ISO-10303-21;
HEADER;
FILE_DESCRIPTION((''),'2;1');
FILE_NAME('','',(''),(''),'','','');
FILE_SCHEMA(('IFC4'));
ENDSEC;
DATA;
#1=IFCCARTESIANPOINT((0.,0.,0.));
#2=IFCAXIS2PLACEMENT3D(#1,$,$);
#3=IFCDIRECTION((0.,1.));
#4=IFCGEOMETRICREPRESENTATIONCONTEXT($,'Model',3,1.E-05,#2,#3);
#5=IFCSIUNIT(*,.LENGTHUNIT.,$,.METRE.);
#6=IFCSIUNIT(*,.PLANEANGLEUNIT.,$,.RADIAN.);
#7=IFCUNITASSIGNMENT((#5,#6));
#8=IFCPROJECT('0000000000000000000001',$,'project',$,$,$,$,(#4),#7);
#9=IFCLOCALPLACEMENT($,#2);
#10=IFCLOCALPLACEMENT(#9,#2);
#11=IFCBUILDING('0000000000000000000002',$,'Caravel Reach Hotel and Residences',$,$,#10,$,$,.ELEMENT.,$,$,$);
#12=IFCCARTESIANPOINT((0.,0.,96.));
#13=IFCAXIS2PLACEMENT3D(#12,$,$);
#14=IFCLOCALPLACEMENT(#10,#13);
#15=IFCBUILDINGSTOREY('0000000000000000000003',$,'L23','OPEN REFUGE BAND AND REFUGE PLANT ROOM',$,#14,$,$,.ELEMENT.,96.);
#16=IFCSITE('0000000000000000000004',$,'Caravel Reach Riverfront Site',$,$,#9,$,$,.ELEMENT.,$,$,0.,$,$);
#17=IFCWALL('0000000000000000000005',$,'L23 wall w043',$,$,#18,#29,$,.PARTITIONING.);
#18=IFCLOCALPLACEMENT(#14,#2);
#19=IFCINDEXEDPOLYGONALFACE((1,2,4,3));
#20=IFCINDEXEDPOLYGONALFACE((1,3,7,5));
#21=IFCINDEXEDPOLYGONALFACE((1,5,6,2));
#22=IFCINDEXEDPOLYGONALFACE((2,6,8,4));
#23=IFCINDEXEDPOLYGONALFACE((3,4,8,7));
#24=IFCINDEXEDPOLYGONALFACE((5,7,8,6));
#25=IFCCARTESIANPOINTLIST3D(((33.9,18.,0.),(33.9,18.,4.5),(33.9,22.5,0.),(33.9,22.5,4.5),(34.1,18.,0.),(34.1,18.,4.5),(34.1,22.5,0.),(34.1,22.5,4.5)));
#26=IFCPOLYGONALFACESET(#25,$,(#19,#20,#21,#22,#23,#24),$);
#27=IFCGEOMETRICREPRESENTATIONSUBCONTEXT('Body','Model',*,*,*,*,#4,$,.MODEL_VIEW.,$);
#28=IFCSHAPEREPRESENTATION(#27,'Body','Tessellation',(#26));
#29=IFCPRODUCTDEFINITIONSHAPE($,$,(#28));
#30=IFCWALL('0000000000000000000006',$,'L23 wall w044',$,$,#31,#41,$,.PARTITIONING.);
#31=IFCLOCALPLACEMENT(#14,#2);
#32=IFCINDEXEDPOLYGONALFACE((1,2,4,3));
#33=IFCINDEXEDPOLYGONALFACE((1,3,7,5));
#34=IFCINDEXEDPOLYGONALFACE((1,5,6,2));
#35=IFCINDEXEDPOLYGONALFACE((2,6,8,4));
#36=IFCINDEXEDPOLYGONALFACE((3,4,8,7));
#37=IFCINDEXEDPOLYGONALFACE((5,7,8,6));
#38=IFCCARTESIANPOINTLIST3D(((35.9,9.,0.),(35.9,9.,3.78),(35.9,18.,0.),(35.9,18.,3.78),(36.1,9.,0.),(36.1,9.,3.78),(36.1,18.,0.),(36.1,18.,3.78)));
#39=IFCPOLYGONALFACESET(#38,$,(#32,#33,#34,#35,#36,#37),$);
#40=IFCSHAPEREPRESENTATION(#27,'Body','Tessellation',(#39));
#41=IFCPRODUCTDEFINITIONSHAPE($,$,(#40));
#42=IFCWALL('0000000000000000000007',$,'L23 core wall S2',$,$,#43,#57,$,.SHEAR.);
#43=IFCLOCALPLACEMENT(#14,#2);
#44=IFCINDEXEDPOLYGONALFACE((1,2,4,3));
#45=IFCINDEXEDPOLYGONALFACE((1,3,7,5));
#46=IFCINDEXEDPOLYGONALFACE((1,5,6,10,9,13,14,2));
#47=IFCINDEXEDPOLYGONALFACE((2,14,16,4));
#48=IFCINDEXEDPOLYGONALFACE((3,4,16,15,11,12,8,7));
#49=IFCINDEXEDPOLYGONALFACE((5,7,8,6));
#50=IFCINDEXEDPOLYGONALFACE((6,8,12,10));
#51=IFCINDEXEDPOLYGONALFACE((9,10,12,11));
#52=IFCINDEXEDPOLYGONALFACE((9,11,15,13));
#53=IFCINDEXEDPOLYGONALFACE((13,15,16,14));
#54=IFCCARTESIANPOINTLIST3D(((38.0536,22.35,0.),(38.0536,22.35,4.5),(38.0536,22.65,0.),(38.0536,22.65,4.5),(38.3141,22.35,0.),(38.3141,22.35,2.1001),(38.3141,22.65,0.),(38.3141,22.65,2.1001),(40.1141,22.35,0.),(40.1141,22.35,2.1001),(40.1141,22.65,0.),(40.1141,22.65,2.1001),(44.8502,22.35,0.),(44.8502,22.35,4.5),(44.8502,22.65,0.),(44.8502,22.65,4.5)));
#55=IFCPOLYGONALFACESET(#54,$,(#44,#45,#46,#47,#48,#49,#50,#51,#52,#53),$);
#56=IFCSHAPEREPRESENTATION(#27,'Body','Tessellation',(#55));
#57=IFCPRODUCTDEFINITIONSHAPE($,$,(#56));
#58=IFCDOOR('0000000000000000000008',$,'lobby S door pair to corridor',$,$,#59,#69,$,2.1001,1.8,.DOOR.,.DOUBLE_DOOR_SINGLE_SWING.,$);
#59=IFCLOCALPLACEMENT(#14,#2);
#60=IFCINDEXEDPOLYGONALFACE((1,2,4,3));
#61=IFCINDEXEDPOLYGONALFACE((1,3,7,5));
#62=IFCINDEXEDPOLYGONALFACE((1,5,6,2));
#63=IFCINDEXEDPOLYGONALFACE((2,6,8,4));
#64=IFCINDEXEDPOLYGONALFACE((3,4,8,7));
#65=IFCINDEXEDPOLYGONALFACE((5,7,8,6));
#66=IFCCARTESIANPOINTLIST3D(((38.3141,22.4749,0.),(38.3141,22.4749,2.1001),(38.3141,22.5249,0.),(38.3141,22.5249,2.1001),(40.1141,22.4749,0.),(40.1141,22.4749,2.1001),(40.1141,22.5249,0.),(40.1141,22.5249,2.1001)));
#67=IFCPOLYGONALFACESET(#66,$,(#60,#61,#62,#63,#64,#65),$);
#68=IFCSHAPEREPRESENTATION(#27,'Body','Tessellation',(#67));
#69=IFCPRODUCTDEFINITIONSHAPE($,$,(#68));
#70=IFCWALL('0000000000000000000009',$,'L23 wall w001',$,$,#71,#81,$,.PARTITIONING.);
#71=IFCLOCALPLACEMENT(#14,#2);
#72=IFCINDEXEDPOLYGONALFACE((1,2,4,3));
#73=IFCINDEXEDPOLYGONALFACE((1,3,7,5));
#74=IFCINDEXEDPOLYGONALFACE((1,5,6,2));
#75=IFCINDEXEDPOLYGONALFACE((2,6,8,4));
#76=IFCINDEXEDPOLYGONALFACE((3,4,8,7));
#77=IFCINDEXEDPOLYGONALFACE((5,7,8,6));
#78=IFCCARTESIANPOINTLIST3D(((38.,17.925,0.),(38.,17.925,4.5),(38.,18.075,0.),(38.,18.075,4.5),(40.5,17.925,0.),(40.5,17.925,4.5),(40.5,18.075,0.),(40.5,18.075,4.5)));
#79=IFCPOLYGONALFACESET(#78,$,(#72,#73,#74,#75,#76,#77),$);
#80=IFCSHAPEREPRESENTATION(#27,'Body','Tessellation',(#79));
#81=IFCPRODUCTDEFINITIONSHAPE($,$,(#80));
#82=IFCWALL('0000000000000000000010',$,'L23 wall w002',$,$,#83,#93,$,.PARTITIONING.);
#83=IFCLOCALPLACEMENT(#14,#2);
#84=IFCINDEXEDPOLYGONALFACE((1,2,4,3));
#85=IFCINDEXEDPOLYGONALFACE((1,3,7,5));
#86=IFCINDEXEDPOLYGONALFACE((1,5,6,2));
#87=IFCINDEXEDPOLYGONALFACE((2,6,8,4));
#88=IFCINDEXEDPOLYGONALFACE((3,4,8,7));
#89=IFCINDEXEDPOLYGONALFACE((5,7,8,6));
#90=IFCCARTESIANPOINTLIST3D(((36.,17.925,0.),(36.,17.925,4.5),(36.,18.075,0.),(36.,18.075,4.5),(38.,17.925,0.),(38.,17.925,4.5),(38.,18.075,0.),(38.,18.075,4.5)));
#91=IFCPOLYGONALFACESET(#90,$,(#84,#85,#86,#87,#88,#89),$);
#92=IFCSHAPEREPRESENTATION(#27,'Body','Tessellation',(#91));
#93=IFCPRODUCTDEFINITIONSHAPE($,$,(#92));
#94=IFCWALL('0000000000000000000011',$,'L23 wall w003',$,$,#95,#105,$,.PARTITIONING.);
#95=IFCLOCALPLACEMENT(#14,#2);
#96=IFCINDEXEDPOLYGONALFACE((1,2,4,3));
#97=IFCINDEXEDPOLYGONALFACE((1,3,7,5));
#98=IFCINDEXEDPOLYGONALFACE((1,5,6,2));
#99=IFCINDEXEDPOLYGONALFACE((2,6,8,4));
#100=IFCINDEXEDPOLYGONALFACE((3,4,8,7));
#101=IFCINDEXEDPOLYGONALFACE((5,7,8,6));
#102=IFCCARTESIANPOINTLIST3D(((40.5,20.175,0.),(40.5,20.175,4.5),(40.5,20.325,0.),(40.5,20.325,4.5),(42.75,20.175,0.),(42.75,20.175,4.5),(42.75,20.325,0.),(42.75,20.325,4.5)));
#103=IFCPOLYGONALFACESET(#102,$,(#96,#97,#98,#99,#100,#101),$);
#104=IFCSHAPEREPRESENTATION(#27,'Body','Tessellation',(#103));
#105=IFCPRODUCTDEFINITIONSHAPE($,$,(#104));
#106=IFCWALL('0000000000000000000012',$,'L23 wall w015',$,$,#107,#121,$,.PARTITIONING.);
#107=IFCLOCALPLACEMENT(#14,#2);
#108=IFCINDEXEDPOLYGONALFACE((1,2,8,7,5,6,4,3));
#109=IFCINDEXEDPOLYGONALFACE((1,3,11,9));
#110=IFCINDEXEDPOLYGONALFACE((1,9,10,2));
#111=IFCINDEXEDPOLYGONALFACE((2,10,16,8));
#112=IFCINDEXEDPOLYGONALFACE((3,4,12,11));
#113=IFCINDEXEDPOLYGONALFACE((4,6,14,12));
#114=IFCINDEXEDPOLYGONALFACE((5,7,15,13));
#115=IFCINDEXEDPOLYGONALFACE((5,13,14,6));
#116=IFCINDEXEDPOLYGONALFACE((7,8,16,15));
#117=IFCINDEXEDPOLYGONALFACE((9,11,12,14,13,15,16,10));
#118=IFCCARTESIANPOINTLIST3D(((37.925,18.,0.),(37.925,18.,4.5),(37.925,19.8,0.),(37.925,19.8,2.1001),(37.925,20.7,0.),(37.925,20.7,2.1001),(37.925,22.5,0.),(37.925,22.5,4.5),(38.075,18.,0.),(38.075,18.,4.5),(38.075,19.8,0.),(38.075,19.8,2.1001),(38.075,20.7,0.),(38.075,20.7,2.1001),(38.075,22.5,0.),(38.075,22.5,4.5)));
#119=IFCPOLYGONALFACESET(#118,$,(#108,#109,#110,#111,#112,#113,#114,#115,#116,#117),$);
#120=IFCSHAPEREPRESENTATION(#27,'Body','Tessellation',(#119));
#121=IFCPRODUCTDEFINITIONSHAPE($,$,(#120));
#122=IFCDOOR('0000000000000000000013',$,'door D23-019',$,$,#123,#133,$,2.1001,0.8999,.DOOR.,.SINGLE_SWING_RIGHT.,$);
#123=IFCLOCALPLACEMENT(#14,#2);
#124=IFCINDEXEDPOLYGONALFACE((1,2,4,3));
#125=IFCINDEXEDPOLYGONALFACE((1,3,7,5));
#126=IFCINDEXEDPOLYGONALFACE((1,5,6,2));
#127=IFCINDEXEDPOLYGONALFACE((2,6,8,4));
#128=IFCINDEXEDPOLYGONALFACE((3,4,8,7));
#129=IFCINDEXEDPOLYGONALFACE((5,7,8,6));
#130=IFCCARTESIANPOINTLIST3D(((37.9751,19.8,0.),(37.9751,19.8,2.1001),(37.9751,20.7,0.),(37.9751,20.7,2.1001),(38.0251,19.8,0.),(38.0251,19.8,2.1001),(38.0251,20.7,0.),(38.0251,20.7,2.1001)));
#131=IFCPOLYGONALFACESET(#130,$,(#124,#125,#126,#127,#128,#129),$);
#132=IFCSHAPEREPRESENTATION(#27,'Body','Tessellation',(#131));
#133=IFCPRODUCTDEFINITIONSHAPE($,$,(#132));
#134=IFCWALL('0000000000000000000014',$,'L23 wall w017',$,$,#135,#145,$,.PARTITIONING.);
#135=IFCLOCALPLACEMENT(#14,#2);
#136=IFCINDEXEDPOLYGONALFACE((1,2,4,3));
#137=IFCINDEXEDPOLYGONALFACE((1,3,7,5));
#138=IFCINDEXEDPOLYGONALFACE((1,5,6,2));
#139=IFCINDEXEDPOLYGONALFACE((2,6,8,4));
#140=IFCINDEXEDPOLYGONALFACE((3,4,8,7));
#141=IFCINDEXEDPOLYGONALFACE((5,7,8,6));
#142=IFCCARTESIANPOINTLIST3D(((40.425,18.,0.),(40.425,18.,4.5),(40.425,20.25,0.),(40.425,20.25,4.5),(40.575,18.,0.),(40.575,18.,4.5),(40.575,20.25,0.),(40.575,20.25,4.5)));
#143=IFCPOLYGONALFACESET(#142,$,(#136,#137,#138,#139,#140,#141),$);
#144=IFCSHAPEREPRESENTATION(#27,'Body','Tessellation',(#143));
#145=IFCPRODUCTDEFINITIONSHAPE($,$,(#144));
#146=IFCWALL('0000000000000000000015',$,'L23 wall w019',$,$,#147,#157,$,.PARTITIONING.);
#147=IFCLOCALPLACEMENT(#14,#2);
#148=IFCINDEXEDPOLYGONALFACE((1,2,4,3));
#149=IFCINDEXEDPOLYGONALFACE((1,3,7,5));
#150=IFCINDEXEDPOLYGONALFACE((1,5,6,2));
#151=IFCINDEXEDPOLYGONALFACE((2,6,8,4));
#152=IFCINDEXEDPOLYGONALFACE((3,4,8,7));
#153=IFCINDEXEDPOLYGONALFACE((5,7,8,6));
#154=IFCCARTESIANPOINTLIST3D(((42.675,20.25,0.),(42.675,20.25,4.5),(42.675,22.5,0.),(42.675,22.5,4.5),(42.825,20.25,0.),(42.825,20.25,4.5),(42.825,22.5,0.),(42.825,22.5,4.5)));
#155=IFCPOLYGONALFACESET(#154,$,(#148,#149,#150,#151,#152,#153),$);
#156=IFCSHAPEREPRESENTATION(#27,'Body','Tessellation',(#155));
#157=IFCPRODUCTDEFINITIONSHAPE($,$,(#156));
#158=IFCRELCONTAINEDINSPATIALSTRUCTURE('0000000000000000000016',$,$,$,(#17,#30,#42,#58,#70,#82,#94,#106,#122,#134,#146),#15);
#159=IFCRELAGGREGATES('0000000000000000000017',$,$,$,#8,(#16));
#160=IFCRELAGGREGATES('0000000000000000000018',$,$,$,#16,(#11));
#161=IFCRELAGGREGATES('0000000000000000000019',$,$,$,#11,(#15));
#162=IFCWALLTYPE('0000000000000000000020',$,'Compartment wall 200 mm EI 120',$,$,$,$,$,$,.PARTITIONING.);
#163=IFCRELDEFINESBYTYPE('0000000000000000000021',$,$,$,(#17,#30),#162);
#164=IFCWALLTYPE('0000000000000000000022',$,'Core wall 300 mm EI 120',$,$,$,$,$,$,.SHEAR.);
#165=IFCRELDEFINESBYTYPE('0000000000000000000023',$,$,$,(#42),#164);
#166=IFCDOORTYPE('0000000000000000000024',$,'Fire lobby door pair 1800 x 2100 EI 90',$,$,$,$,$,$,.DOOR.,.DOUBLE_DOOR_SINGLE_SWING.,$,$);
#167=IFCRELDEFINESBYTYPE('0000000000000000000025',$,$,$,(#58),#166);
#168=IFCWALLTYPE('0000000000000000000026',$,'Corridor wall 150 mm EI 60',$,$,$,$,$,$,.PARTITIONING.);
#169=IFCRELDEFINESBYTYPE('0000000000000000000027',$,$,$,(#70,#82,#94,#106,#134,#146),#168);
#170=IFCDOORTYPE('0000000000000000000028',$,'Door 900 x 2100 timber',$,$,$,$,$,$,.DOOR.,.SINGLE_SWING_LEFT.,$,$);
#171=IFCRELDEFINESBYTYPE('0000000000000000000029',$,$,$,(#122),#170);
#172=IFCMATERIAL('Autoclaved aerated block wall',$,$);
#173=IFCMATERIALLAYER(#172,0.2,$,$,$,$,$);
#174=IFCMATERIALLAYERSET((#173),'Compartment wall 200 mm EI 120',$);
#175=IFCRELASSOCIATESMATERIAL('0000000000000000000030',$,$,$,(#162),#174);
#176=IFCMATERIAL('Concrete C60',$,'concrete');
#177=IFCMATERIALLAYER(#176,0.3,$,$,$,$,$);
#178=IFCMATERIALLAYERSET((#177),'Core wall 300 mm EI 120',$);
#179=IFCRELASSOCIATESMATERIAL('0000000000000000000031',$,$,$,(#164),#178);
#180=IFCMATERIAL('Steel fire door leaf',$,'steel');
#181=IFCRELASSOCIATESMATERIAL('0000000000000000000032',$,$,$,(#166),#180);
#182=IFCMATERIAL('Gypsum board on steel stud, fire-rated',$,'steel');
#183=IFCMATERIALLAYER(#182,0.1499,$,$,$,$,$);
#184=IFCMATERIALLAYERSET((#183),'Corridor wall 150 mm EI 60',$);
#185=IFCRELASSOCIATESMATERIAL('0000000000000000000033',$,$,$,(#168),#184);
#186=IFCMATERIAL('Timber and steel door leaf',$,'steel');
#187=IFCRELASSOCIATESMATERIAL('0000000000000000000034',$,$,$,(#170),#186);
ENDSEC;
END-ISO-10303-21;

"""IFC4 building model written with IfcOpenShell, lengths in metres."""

from ifc_helpers import new_model, si_unit, direction, frame, frame_2d, origin, place, context, subcontext, project, spatial, rectangle, extrude, material, layer, layer_set, type_object, element, fill, save


model = new_model("IFC4")

# Units and contexts
model_context = context("Model", 3, precision=1e-05, world=origin(), true_north=direction((0.0, 1.0)))
body_context = subcontext(model_context, "Body", "Model", "MODEL_VIEW")
ifc_project = project(units=[si_unit("LENGTHUNIT", "METRE"), si_unit("PLANEANGLEUNIT", "RADIAN")], contexts=[model_context])

# Site, building, storey
site_placement = place(None, origin())
site = spatial("IfcSite", under=ifc_project, at=site_placement, Name="Caravel Reach Riverfront Site", CompositionType="ELEMENT", RefElevation=0.0)
building_placement = place(site_placement, origin())
building = spatial("IfcBuilding", under=site, at=building_placement, Name="Caravel Reach Hotel and Residences", CompositionType="ELEMENT")
storey_placement = place(building_placement, frame((0.0, 0.0, 96.0)))
storey = spatial("IfcBuildingStorey", under=building, at=storey_placement, Name="L23", Description="OPEN REFUGE BAND AND REFUGE PLANT ROOM", CompositionType="ELEMENT", Elevation=96.0)

# Walls
ifc_material_1 = material(Name="Autoclaved aerated block wall")
ifc_layer_1 = layer(ifc_material_1, 0.2)
ifc_layer_set_1 = layer_set([ifc_layer_1], Name="Compartment wall 200 mm EI 120")
wall_type_1 = type_object("IfcWallType", Name="Compartment wall 200 mm EI 120", PredefinedType="PARTITIONING", material=ifc_layer_set_1)
wall_1_placement = place(storey_placement, frame((34.0, 18.0, 0.0), z_axis=(0.0, 0.0, 1.0), x_axis=(0.0, 1.0, 0.0)))
element("IfcWall", 1, at=wall_1_placement, inside=storey, type_object=wall_type_1, Name="L23 wall w043", PredefinedType="PARTITIONING", context=body_context, shape_type="SweptSolid", body=[
    extrude(rectangle(XDim=4.5, YDim=0.2, at=frame_2d((2.25, 0.0))), origin(), (0.0, 0.0, 1.0), 4.5),
])
wall_2_placement = place(storey_placement, frame((36.0, 9.0, 0.0), z_axis=(0.0, 0.0, 1.0), x_axis=(0.0, 1.0, 0.0)))
element("IfcWall", 2, at=wall_2_placement, inside=storey, type_object=wall_type_1, Name="L23 wall w044", PredefinedType="PARTITIONING", context=body_context, shape_type="SweptSolid", body=[
    extrude(rectangle(XDim=9.0, YDim=0.2, at=frame_2d((4.5, 0.0))), origin(), (0.0, 0.0, 1.0), 3.78),
])

# Wall, opening, door
ifc_material_2 = material(Name="Concrete C60", Category="concrete")
ifc_layer_2 = layer(ifc_material_2, 0.3)
ifc_layer_set_2 = layer_set([ifc_layer_2], Name="Core wall 300 mm EI 120")
wall_type_2 = type_object("IfcWallType", Name="Core wall 300 mm EI 120", PredefinedType="SHEAR", material=ifc_layer_set_2)
wall_3_placement = place(storey_placement, frame((38.0535, 22.5, 0.0), z_axis=(0.0, 0.0, 1.0), x_axis=(1.0, 0.0, 0.0)))
wall_3 = element("IfcWall", 3, at=wall_3_placement, inside=storey, type_object=wall_type_2, Name="L23 core wall S2", PredefinedType="SHEAR", context=body_context, shape_type="SweptSolid", body=[
    extrude(rectangle(XDim=6.7966, YDim=0.3, at=frame_2d((3.3984, 0.0))), origin(), (0.0, 0.0, 1.0), 4.5),
])
opening_1_placement = place(wall_3_placement, frame((0.2607, 0.0, 0.0)))
opening_1 = element("IfcOpeningElement", 4, at=opening_1_placement, cuts=wall_3, PredefinedType="OPENING", context=body_context, shape_type="SweptSolid", body=[
    extrude(rectangle(XDim=1.8, YDim=2.1001, at=frame_2d((0.8999, 1.05))), frame((0.0, 0.1599, 0.0), z_axis=(0.0, -1.0, 0.0), x_axis=(1.0, 0.0, 0.0)), (0.0, 0.0, 1.0), 0.3201),
])
ifc_material_3 = material(Name="Steel fire door leaf", Category="steel")
door_type_1 = type_object("IfcDoorType", Name="Fire lobby door pair 1800 x 2100 EI 90", OperationType="DOUBLE_DOOR_SINGLE_SWING", PredefinedType="DOOR", material=ifc_material_3)
door_1_placement = place(opening_1_placement, origin())
door_1 = element("IfcDoor", 5, at=door_1_placement, inside=storey, type_object=door_type_1, Name="lobby S door pair to corridor", OperationType="DOUBLE_DOOR_SINGLE_SWING", OverallHeight=2.1001, OverallWidth=1.8, PredefinedType="DOOR", context=body_context, shape_type="SweptSolid", body=[
    extrude(rectangle(XDim=1.8, YDim=2.1001, at=frame_2d((0.8999, 1.05))), frame((0.0, 0.0249, 0.0), z_axis=(0.0, -1.0, 0.0), x_axis=(1.0, 0.0, 0.0)), (0.0, 0.0, 1.0), 0.05),
])
fill(opening_1, door_1)

# Walls
ifc_material_4 = material(Name="Gypsum board on steel stud, fire-rated", Category="steel")
ifc_layer_3 = layer(ifc_material_4, 0.1499)
ifc_layer_set_3 = layer_set([ifc_layer_3], Name="Corridor wall 150 mm EI 60")
wall_type_3 = type_object("IfcWallType", Name="Corridor wall 150 mm EI 60", PredefinedType="PARTITIONING", material=ifc_layer_set_3)
wall_4_placement = place(storey_placement, frame((38.0, 18.0, 0.0), z_axis=(0.0, 0.0, 1.0), x_axis=(1.0, 0.0, 0.0)))
element("IfcWall", 6, at=wall_4_placement, inside=storey, type_object=wall_type_3, Name="L23 wall w001", PredefinedType="PARTITIONING", context=body_context, shape_type="SweptSolid", body=[
    extrude(rectangle(XDim=2.5, YDim=0.1499, at=frame_2d((1.25, 0.0))), origin(), (0.0, 0.0, 1.0), 4.5),
])
wall_5_placement = place(storey_placement, frame((36.0, 18.0, 0.0), z_axis=(0.0, 0.0, 1.0), x_axis=(1.0, 0.0, 0.0)))
element("IfcWall", 7, at=wall_5_placement, inside=storey, type_object=wall_type_3, Name="L23 wall w002", PredefinedType="PARTITIONING", context=body_context, shape_type="SweptSolid", body=[
    extrude(rectangle(XDim=2.0, YDim=0.1499, at=frame_2d((1.0, 0.0))), origin(), (0.0, 0.0, 1.0), 4.5),
])
wall_6_placement = place(storey_placement, frame((40.5, 20.25, 0.0), z_axis=(0.0, 0.0, 1.0), x_axis=(1.0, 0.0, 0.0)))
element("IfcWall", 8, at=wall_6_placement, inside=storey, type_object=wall_type_3, Name="L23 wall w003", PredefinedType="PARTITIONING", context=body_context, shape_type="SweptSolid", body=[
    extrude(rectangle(XDim=2.25, YDim=0.1499, at=frame_2d((1.125, 0.0))), origin(), (0.0, 0.0, 1.0), 4.5),
])

# Wall, opening, door
wall_7_placement = place(storey_placement, frame((38.0, 18.0, 0.0), z_axis=(0.0, 0.0, 1.0), x_axis=(0.0, 1.0, 0.0)))
wall_7 = element("IfcWall", 9, at=wall_7_placement, inside=storey, type_object=wall_type_3, Name="L23 wall w015", PredefinedType="PARTITIONING", context=body_context, shape_type="SweptSolid", body=[
    extrude(rectangle(XDim=4.5, YDim=0.1499, at=frame_2d((2.25, 0.0))), origin(), (0.0, 0.0, 1.0), 4.5),
])
opening_2_placement = place(wall_7_placement, frame((1.8, 0.0, 0.0)))
opening_2 = element("IfcOpeningElement", 10, at=opening_2_placement, cuts=wall_7, PredefinedType="OPENING", context=body_context, shape_type="SweptSolid", body=[
    extrude(rectangle(XDim=0.8999, YDim=2.1001, at=frame_2d((0.45, 1.05))), frame((0.0, 0.085, 0.0), z_axis=(0.0, -1.0, 0.0), x_axis=(1.0, 0.0, 0.0)), (0.0, 0.0, 1.0), 0.1699),
])
ifc_material_5 = material(Name="Timber and steel door leaf", Category="steel")
door_type_2 = type_object("IfcDoorType", Name="Door 900 x 2100 timber", OperationType="SINGLE_SWING_LEFT", PredefinedType="DOOR", material=ifc_material_5)
door_2_placement = place(opening_2_placement, origin())
door_2 = element("IfcDoor", 11, at=door_2_placement, inside=storey, type_object=door_type_2, Name="door D23-019", OperationType="SINGLE_SWING_RIGHT", OverallHeight=2.1001, OverallWidth=0.8999, PredefinedType="DOOR", context=body_context, shape_type="SweptSolid", body=[
    extrude(rectangle(XDim=0.8999, YDim=2.1001, at=frame_2d((0.45, 1.05))), frame((0.0, 0.0249, 0.0), z_axis=(0.0, -1.0, 0.0), x_axis=(1.0, 0.0, 0.0)), (0.0, 0.0, 1.0), 0.05),
])
fill(opening_2, door_2)

# Walls
for number, where, z_axis, x_axis, name in (
    (12, (40.5, 18.0, 0.0), (0.0, 0.0, 1.0), (0.0, 1.0, 0.0), "L23 wall w017"),
    (13, (42.75, 20.25, 0.0), (0.0, 0.0, 1.0), (0.0, 1.0, 0.0), "L23 wall w019"),
):
    element("IfcWall", number, at=place(storey_placement, frame(where, z_axis=z_axis, x_axis=x_axis)), inside=storey, type_object=wall_type_3, Name=name, PredefinedType="PARTITIONING", context=body_context, shape_type="SweptSolid", body=[
        extrude(rectangle(XDim=2.25, YDim=0.1499, at=frame_2d((1.125, 0.0))), origin(), (0.0, 0.0, 1.0), 4.5),
    ])

save(model, "model.ifc")
